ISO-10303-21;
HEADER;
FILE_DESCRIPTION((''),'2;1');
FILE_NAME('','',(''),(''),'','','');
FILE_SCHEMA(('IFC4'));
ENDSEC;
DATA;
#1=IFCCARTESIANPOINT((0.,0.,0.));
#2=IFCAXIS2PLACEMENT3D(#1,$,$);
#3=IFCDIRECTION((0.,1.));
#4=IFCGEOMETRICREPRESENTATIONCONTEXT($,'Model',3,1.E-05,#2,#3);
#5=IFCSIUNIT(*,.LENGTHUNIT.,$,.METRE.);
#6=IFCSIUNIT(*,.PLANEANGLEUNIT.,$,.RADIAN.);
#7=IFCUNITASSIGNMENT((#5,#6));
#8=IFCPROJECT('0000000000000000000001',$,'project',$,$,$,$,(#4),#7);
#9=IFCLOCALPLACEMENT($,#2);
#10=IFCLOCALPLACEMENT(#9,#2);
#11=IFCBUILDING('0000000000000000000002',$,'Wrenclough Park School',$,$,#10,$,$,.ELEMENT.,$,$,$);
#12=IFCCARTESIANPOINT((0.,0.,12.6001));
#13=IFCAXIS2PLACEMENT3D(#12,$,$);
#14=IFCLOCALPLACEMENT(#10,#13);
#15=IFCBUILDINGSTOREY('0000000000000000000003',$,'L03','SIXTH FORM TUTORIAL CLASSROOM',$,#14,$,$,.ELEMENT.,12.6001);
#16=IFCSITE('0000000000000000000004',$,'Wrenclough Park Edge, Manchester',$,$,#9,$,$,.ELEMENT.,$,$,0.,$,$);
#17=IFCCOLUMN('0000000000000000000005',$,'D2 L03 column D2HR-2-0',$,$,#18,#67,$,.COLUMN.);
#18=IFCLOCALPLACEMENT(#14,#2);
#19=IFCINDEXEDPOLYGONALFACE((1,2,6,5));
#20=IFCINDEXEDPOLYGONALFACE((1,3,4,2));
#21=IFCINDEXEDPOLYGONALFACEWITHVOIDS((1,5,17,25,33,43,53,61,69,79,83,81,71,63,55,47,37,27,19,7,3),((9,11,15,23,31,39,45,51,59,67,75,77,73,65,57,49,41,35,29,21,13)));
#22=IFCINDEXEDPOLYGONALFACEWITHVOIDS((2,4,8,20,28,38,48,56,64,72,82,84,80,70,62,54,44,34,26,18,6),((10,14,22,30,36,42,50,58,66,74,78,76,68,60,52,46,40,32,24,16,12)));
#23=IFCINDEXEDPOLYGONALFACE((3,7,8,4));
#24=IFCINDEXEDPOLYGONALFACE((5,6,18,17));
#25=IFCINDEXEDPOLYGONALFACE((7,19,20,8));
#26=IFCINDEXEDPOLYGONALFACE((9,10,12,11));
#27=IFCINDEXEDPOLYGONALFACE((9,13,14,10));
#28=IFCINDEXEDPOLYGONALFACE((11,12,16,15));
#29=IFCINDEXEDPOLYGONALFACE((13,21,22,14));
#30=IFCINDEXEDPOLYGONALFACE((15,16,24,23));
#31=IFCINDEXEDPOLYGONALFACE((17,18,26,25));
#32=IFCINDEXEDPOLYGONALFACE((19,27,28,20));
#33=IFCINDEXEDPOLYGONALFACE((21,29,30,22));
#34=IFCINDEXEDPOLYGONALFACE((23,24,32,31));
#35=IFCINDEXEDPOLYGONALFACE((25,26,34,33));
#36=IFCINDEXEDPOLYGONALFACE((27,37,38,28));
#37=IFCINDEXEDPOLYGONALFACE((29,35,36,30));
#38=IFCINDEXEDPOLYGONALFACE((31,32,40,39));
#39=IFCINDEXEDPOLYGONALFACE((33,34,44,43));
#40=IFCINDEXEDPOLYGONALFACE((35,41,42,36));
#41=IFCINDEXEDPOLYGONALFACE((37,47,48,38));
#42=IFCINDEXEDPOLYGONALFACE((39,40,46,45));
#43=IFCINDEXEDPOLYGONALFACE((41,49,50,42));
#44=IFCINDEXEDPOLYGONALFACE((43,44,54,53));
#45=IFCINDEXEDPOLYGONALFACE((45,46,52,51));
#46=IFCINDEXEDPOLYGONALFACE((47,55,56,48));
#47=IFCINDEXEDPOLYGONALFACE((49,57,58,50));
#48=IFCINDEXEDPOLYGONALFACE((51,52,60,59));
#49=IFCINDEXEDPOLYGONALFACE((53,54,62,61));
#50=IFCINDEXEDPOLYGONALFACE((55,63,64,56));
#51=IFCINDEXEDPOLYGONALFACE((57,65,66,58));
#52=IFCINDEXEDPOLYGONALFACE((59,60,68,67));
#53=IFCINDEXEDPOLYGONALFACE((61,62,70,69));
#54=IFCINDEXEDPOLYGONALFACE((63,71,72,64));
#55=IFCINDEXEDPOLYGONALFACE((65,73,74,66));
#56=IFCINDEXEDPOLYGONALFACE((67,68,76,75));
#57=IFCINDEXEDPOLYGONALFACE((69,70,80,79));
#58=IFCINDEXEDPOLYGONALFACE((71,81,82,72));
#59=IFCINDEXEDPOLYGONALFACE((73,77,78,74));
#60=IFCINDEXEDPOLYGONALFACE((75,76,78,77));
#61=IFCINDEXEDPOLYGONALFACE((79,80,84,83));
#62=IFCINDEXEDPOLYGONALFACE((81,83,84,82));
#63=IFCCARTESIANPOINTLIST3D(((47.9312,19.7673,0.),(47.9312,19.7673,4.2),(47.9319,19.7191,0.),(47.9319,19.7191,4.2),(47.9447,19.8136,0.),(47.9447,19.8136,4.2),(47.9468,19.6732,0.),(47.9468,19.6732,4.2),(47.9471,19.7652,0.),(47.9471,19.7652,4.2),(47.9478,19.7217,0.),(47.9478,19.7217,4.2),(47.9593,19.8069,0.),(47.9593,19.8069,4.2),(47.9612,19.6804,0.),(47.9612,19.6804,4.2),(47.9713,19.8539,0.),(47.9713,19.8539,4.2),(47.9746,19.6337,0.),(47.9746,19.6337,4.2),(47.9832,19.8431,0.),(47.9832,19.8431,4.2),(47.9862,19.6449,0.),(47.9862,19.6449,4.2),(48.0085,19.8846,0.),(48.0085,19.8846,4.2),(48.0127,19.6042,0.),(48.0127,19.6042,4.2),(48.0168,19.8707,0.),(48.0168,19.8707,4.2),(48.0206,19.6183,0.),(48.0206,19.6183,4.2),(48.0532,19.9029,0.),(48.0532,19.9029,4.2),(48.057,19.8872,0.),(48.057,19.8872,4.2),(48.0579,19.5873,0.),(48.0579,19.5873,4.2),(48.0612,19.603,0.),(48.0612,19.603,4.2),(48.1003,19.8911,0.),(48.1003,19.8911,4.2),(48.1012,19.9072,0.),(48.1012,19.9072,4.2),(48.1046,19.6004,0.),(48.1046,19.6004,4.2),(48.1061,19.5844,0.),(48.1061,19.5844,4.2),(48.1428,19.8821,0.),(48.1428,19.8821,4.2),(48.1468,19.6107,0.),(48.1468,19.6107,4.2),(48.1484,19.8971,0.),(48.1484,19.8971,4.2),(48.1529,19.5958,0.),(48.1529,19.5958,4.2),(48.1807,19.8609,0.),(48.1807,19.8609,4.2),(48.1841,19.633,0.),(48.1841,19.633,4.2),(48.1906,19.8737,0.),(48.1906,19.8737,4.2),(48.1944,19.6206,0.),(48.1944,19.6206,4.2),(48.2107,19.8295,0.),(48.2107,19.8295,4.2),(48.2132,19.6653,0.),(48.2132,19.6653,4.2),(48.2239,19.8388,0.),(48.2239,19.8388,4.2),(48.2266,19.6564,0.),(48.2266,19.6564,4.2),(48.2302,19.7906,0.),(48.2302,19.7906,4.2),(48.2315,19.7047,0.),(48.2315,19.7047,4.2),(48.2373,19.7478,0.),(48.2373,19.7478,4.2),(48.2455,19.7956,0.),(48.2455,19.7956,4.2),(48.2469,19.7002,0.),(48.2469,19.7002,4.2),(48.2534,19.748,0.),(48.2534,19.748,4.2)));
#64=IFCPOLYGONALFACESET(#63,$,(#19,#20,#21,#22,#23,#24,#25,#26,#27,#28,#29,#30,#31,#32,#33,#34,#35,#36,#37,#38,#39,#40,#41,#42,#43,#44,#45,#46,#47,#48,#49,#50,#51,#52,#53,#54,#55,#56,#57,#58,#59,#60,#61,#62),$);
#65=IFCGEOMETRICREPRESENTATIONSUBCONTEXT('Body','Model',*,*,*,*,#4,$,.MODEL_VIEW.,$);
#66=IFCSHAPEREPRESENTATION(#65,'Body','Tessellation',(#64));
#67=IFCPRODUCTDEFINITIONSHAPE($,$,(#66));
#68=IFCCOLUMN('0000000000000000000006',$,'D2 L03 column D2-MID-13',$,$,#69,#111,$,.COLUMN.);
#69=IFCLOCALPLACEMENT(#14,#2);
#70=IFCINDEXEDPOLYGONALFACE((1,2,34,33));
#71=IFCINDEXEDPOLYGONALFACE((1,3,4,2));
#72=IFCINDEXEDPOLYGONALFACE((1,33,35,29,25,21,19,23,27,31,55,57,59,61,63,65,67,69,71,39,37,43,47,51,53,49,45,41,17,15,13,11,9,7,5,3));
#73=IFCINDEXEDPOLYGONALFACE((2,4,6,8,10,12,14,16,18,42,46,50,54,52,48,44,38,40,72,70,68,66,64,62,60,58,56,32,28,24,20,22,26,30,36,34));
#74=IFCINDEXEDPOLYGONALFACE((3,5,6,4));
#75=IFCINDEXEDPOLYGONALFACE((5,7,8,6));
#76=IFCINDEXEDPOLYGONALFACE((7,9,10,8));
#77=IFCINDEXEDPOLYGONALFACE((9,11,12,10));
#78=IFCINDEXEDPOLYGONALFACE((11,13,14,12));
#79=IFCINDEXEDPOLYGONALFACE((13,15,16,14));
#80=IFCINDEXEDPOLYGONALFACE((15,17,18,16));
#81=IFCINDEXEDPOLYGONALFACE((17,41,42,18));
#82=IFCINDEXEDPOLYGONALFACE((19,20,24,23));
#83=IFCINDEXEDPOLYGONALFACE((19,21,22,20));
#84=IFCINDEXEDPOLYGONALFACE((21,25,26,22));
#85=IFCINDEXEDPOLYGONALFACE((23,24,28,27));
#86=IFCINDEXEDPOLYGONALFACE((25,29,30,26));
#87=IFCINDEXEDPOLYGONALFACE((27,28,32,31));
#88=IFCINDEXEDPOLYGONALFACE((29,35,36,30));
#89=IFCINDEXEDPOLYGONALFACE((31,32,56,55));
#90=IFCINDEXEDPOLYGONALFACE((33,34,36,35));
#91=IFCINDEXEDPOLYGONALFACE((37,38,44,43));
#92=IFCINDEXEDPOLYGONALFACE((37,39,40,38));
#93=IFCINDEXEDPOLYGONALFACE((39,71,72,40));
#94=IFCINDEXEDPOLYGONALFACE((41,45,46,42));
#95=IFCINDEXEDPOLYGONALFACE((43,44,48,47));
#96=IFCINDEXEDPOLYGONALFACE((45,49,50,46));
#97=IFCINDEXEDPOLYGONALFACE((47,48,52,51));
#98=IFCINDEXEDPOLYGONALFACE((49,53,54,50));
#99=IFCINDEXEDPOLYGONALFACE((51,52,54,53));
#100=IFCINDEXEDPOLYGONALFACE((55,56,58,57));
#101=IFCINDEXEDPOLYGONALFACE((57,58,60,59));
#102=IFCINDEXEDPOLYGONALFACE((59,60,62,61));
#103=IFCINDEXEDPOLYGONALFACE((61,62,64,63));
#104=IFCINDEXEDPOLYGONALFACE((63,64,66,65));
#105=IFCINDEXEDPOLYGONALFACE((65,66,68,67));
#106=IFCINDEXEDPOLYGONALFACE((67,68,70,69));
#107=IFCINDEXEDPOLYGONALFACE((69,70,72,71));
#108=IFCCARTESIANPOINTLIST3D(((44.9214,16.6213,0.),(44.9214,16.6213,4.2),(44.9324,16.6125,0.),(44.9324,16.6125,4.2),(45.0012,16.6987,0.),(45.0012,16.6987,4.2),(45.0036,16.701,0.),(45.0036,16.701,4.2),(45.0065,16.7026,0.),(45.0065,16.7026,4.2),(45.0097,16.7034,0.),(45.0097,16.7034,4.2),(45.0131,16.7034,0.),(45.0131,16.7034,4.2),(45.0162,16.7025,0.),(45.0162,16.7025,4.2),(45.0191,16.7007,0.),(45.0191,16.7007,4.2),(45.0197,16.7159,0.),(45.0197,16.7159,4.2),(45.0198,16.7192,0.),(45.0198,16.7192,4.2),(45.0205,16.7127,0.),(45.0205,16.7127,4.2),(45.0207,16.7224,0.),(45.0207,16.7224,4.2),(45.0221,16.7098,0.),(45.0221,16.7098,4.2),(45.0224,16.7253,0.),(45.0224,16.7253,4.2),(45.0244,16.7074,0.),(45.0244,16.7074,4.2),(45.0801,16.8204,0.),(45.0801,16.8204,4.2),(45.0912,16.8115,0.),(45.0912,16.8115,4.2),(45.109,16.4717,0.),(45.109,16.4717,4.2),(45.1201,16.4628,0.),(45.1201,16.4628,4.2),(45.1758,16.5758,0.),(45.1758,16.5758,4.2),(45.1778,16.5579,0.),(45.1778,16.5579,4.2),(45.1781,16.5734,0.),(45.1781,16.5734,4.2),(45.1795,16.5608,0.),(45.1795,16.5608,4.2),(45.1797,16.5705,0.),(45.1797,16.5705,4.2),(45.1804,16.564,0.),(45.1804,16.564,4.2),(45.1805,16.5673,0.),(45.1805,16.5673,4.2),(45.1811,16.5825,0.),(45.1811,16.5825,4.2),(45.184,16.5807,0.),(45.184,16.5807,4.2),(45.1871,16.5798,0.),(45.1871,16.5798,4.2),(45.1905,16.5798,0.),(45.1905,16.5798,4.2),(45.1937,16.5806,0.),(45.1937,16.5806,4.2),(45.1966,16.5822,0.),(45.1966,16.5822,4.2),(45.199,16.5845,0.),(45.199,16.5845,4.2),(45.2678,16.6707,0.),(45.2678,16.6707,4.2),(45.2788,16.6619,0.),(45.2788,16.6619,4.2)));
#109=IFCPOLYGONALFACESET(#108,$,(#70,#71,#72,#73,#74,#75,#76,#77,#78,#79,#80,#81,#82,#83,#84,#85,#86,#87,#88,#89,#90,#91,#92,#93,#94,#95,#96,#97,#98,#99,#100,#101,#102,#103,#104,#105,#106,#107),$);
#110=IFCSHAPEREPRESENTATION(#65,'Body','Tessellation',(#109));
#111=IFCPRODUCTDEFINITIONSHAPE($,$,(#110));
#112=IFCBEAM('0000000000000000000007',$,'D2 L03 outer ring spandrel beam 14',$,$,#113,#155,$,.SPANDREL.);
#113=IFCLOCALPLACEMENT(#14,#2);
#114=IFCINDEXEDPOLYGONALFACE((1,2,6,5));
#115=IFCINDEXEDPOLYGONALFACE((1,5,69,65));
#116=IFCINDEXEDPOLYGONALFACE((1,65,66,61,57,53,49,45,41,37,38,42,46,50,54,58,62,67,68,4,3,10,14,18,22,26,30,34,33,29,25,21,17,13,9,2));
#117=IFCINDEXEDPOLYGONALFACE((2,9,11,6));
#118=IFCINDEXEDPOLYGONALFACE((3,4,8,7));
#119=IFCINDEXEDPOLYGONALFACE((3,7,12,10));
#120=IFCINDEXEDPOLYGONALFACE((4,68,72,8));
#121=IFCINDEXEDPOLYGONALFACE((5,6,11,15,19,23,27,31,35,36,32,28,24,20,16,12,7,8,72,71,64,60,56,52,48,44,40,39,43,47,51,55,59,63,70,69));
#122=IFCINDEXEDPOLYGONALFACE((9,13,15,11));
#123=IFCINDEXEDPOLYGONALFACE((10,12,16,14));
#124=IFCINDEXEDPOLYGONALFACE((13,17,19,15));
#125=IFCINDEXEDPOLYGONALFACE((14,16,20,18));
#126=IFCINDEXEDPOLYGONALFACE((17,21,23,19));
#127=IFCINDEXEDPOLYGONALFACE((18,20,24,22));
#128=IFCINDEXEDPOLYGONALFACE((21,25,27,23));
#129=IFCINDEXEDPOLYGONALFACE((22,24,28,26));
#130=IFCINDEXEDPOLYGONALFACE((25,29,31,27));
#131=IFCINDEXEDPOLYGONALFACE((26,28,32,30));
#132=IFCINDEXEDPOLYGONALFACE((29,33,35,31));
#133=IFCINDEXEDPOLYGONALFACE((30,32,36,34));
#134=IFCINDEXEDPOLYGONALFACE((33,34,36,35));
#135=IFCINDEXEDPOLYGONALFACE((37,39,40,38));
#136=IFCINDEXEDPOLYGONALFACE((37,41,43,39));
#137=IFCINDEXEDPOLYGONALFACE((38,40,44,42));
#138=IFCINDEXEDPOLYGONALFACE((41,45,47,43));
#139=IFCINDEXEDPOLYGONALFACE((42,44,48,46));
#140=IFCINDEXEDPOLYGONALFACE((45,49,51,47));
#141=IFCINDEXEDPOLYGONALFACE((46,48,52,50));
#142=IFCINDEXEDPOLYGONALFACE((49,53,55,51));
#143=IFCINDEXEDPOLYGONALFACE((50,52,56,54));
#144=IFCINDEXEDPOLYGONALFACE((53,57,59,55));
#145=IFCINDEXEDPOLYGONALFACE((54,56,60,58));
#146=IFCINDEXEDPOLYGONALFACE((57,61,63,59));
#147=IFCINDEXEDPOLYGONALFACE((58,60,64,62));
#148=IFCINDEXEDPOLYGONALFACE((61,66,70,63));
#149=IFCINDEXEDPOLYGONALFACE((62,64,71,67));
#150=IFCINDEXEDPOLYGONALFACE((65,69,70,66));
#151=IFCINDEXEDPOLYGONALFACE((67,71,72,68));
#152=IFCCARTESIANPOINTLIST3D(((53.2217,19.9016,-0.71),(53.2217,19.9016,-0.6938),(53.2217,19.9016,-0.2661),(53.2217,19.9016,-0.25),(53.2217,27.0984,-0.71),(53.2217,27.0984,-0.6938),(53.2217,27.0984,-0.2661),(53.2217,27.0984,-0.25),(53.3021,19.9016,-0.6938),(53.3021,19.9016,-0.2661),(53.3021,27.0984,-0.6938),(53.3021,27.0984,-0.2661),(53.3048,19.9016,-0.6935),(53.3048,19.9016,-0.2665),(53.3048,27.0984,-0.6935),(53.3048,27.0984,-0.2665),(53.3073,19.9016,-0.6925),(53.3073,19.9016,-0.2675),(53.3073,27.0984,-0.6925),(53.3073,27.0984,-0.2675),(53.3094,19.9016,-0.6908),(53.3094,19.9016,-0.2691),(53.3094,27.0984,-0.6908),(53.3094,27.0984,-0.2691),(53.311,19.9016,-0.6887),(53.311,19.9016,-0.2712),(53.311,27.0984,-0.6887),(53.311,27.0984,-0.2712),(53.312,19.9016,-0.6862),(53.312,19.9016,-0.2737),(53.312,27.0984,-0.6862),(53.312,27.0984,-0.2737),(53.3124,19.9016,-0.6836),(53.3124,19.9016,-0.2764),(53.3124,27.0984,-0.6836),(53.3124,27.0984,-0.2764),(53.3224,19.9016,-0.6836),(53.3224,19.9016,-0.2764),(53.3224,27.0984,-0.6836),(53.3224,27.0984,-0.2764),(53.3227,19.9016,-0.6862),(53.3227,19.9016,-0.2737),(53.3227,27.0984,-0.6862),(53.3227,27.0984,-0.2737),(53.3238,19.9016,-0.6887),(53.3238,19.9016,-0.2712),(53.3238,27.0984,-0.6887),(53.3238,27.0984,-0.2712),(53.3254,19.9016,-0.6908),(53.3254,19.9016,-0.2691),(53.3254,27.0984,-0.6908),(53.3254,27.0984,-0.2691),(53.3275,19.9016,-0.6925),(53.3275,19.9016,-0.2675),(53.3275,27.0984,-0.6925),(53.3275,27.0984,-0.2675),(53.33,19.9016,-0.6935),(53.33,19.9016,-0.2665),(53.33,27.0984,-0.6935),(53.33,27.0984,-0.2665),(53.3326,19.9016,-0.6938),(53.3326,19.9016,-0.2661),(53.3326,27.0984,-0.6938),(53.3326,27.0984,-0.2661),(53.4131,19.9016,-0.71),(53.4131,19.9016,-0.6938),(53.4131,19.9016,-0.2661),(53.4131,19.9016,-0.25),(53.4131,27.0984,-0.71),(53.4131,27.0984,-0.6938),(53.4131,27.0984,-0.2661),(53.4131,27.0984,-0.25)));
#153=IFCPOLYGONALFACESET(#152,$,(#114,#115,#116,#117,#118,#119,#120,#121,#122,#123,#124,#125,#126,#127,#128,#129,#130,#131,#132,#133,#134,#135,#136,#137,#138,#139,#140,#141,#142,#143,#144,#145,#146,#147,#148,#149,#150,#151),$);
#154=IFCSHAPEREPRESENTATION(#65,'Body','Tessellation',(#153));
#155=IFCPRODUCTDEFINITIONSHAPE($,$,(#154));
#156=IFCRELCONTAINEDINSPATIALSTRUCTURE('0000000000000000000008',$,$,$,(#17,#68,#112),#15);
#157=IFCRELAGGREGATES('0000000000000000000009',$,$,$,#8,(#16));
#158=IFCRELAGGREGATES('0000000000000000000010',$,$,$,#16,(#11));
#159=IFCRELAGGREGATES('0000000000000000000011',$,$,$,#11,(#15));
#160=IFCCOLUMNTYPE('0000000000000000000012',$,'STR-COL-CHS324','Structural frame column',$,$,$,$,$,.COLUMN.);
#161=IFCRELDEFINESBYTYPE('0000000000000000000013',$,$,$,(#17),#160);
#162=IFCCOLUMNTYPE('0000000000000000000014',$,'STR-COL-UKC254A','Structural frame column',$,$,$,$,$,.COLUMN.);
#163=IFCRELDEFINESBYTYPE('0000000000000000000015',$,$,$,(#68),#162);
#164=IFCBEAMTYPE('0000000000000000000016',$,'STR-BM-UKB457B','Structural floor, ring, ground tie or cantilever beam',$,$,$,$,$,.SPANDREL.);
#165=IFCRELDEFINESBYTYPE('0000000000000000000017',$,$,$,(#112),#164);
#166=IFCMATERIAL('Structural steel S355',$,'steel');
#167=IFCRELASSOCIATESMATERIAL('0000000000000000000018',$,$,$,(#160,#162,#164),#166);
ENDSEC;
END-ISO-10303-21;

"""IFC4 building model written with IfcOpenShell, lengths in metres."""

from ifc_helpers import new_model, si_unit, direction, frame, origin, origin_2d, place, context, subcontext, project, spatial, hollow_circle, i_section, extrude, material, material_profile, profile_set, type_object, element, save


model = new_model("IFC4")

# Units and contexts
model_context = context("Model", 3, precision=1e-05, world=origin(), true_north=direction((0.0, 1.0)))
body_context = subcontext(model_context, "Body", "Model", "MODEL_VIEW")
ifc_project = project(units=[si_unit("LENGTHUNIT", "METRE"), si_unit("PLANEANGLEUNIT", "RADIAN")], contexts=[model_context])

# Site, building, storey
site_placement = place(None, origin())
site = spatial("IfcSite", under=ifc_project, at=site_placement, Name="Wrenclough Park Edge, Manchester", CompositionType="ELEMENT", RefElevation=0.0)
building_placement = place(site_placement, origin())
building = spatial("IfcBuilding", under=site, at=building_placement, Name="Wrenclough Park School", CompositionType="ELEMENT")
storey_placement = place(building_placement, frame((0.0, 0.0, 12.6001)))
storey = spatial("IfcBuildingStorey", under=building, at=storey_placement, Name="L03", Description="SIXTH FORM TUTORIAL CLASSROOM", CompositionType="ELEMENT", Elevation=12.6001)

# Columns
ifc_material_1 = material(Name="Structural steel S355", Category="steel")
ifc_material_profile_1 = material_profile(ifc_material_1, hollow_circle(Radius=0.1619, WallThickness=0.0161, at=origin_2d()), Name="CHS 323.9x16.0")
ifc_profile_set_1 = profile_set([ifc_material_profile_1], Name="Structural steel S355")
column_type_1 = type_object("IfcColumnType", Name="STR-COL-CHS324", Description="Structural frame column", PredefinedType="COLUMN", material=ifc_profile_set_1)
column_1_placement = place(storey_placement, frame((48.0916, 19.7456, 0.0), z_axis=(0.0, 0.0, 1.0), x_axis=(0.951057, 0.309017, 0.0)))
element("IfcColumn", 1, at=column_1_placement, inside=storey, type_object=column_type_1, Name="D2 L03 column D2HR-2-0", PredefinedType="COLUMN", context=body_context, shape_type="SweptSolid", body=[
    extrude(hollow_circle(Radius=0.1619, WallThickness=0.0161, at=origin_2d()), origin(), (0.0, 0.0, 1.0), 4.2),
])
ifc_material_profile_2 = material_profile(ifc_material_1, i_section(OverallWidth=0.2546, OverallDepth=0.2542, WebThickness=0.0085, FlangeThickness=0.0142, FilletRadius=0.0127, at=origin_2d()), Name="UKC 254x254x73")
ifc_profile_set_2 = profile_set([ifc_material_profile_2], Name="Structural steel S355")
column_type_2 = type_object("IfcColumnType", Name="STR-COL-UKC254A", Description="Structural frame column", PredefinedType="COLUMN", material=ifc_profile_set_2)
column_2_placement = place(storey_placement, frame((45.1001, 16.6416, 0.0), z_axis=(0.0, 0.0, 1.0), x_axis=(0.62347, 0.781847, 0.0)))
element("IfcColumn", 2, at=column_2_placement, inside=storey, type_object=column_type_2, Name="D2 L03 column D2-MID-13", PredefinedType="COLUMN", context=body_context, shape_type="SweptSolid", body=[
    extrude(i_section(OverallWidth=0.2546, OverallDepth=0.2542, WebThickness=0.0085, FlangeThickness=0.0142, FilletRadius=0.0127, at=origin_2d()), origin(), (0.0, 0.0, 1.0), 4.2),
])

# Beam
ifc_material_profile_3 = material_profile(ifc_material_1, i_section(OverallWidth=0.1914, OverallDepth=0.46, WebThickness=0.01, FlangeThickness=0.0161, FilletRadius=0.0103, at=origin_2d()), Name="UKB 457x191x82")
ifc_profile_set_3 = profile_set([ifc_material_profile_3], Name="Structural steel S355")
beam_type_1 = type_object("IfcBeamType", Name="STR-BM-UKB457B", Description="Structural floor, ring, ground tie or cantilever beam", PredefinedType="SPANDREL", material=ifc_profile_set_3)
beam_1_placement = place(storey_placement, frame((53.3174, 19.9016, -0.48), z_axis=(0.0, 1.0, 0.0), x_axis=(-1.0, 0.0, 0.0)))
element("IfcBeam", 3, at=beam_1_placement, inside=storey, type_object=beam_type_1, Name="D2 L03 outer ring spandrel beam 14", PredefinedType="SPANDREL", context=body_context, shape_type="SweptSolid", body=[
    extrude(i_section(OverallWidth=0.1914, OverallDepth=0.46, WebThickness=0.01, FlangeThickness=0.0161, FilletRadius=0.0103, at=origin_2d()), origin(), (0.0, 0.0, 1.0), 7.1968),
])

save(model, "model.ifc")
